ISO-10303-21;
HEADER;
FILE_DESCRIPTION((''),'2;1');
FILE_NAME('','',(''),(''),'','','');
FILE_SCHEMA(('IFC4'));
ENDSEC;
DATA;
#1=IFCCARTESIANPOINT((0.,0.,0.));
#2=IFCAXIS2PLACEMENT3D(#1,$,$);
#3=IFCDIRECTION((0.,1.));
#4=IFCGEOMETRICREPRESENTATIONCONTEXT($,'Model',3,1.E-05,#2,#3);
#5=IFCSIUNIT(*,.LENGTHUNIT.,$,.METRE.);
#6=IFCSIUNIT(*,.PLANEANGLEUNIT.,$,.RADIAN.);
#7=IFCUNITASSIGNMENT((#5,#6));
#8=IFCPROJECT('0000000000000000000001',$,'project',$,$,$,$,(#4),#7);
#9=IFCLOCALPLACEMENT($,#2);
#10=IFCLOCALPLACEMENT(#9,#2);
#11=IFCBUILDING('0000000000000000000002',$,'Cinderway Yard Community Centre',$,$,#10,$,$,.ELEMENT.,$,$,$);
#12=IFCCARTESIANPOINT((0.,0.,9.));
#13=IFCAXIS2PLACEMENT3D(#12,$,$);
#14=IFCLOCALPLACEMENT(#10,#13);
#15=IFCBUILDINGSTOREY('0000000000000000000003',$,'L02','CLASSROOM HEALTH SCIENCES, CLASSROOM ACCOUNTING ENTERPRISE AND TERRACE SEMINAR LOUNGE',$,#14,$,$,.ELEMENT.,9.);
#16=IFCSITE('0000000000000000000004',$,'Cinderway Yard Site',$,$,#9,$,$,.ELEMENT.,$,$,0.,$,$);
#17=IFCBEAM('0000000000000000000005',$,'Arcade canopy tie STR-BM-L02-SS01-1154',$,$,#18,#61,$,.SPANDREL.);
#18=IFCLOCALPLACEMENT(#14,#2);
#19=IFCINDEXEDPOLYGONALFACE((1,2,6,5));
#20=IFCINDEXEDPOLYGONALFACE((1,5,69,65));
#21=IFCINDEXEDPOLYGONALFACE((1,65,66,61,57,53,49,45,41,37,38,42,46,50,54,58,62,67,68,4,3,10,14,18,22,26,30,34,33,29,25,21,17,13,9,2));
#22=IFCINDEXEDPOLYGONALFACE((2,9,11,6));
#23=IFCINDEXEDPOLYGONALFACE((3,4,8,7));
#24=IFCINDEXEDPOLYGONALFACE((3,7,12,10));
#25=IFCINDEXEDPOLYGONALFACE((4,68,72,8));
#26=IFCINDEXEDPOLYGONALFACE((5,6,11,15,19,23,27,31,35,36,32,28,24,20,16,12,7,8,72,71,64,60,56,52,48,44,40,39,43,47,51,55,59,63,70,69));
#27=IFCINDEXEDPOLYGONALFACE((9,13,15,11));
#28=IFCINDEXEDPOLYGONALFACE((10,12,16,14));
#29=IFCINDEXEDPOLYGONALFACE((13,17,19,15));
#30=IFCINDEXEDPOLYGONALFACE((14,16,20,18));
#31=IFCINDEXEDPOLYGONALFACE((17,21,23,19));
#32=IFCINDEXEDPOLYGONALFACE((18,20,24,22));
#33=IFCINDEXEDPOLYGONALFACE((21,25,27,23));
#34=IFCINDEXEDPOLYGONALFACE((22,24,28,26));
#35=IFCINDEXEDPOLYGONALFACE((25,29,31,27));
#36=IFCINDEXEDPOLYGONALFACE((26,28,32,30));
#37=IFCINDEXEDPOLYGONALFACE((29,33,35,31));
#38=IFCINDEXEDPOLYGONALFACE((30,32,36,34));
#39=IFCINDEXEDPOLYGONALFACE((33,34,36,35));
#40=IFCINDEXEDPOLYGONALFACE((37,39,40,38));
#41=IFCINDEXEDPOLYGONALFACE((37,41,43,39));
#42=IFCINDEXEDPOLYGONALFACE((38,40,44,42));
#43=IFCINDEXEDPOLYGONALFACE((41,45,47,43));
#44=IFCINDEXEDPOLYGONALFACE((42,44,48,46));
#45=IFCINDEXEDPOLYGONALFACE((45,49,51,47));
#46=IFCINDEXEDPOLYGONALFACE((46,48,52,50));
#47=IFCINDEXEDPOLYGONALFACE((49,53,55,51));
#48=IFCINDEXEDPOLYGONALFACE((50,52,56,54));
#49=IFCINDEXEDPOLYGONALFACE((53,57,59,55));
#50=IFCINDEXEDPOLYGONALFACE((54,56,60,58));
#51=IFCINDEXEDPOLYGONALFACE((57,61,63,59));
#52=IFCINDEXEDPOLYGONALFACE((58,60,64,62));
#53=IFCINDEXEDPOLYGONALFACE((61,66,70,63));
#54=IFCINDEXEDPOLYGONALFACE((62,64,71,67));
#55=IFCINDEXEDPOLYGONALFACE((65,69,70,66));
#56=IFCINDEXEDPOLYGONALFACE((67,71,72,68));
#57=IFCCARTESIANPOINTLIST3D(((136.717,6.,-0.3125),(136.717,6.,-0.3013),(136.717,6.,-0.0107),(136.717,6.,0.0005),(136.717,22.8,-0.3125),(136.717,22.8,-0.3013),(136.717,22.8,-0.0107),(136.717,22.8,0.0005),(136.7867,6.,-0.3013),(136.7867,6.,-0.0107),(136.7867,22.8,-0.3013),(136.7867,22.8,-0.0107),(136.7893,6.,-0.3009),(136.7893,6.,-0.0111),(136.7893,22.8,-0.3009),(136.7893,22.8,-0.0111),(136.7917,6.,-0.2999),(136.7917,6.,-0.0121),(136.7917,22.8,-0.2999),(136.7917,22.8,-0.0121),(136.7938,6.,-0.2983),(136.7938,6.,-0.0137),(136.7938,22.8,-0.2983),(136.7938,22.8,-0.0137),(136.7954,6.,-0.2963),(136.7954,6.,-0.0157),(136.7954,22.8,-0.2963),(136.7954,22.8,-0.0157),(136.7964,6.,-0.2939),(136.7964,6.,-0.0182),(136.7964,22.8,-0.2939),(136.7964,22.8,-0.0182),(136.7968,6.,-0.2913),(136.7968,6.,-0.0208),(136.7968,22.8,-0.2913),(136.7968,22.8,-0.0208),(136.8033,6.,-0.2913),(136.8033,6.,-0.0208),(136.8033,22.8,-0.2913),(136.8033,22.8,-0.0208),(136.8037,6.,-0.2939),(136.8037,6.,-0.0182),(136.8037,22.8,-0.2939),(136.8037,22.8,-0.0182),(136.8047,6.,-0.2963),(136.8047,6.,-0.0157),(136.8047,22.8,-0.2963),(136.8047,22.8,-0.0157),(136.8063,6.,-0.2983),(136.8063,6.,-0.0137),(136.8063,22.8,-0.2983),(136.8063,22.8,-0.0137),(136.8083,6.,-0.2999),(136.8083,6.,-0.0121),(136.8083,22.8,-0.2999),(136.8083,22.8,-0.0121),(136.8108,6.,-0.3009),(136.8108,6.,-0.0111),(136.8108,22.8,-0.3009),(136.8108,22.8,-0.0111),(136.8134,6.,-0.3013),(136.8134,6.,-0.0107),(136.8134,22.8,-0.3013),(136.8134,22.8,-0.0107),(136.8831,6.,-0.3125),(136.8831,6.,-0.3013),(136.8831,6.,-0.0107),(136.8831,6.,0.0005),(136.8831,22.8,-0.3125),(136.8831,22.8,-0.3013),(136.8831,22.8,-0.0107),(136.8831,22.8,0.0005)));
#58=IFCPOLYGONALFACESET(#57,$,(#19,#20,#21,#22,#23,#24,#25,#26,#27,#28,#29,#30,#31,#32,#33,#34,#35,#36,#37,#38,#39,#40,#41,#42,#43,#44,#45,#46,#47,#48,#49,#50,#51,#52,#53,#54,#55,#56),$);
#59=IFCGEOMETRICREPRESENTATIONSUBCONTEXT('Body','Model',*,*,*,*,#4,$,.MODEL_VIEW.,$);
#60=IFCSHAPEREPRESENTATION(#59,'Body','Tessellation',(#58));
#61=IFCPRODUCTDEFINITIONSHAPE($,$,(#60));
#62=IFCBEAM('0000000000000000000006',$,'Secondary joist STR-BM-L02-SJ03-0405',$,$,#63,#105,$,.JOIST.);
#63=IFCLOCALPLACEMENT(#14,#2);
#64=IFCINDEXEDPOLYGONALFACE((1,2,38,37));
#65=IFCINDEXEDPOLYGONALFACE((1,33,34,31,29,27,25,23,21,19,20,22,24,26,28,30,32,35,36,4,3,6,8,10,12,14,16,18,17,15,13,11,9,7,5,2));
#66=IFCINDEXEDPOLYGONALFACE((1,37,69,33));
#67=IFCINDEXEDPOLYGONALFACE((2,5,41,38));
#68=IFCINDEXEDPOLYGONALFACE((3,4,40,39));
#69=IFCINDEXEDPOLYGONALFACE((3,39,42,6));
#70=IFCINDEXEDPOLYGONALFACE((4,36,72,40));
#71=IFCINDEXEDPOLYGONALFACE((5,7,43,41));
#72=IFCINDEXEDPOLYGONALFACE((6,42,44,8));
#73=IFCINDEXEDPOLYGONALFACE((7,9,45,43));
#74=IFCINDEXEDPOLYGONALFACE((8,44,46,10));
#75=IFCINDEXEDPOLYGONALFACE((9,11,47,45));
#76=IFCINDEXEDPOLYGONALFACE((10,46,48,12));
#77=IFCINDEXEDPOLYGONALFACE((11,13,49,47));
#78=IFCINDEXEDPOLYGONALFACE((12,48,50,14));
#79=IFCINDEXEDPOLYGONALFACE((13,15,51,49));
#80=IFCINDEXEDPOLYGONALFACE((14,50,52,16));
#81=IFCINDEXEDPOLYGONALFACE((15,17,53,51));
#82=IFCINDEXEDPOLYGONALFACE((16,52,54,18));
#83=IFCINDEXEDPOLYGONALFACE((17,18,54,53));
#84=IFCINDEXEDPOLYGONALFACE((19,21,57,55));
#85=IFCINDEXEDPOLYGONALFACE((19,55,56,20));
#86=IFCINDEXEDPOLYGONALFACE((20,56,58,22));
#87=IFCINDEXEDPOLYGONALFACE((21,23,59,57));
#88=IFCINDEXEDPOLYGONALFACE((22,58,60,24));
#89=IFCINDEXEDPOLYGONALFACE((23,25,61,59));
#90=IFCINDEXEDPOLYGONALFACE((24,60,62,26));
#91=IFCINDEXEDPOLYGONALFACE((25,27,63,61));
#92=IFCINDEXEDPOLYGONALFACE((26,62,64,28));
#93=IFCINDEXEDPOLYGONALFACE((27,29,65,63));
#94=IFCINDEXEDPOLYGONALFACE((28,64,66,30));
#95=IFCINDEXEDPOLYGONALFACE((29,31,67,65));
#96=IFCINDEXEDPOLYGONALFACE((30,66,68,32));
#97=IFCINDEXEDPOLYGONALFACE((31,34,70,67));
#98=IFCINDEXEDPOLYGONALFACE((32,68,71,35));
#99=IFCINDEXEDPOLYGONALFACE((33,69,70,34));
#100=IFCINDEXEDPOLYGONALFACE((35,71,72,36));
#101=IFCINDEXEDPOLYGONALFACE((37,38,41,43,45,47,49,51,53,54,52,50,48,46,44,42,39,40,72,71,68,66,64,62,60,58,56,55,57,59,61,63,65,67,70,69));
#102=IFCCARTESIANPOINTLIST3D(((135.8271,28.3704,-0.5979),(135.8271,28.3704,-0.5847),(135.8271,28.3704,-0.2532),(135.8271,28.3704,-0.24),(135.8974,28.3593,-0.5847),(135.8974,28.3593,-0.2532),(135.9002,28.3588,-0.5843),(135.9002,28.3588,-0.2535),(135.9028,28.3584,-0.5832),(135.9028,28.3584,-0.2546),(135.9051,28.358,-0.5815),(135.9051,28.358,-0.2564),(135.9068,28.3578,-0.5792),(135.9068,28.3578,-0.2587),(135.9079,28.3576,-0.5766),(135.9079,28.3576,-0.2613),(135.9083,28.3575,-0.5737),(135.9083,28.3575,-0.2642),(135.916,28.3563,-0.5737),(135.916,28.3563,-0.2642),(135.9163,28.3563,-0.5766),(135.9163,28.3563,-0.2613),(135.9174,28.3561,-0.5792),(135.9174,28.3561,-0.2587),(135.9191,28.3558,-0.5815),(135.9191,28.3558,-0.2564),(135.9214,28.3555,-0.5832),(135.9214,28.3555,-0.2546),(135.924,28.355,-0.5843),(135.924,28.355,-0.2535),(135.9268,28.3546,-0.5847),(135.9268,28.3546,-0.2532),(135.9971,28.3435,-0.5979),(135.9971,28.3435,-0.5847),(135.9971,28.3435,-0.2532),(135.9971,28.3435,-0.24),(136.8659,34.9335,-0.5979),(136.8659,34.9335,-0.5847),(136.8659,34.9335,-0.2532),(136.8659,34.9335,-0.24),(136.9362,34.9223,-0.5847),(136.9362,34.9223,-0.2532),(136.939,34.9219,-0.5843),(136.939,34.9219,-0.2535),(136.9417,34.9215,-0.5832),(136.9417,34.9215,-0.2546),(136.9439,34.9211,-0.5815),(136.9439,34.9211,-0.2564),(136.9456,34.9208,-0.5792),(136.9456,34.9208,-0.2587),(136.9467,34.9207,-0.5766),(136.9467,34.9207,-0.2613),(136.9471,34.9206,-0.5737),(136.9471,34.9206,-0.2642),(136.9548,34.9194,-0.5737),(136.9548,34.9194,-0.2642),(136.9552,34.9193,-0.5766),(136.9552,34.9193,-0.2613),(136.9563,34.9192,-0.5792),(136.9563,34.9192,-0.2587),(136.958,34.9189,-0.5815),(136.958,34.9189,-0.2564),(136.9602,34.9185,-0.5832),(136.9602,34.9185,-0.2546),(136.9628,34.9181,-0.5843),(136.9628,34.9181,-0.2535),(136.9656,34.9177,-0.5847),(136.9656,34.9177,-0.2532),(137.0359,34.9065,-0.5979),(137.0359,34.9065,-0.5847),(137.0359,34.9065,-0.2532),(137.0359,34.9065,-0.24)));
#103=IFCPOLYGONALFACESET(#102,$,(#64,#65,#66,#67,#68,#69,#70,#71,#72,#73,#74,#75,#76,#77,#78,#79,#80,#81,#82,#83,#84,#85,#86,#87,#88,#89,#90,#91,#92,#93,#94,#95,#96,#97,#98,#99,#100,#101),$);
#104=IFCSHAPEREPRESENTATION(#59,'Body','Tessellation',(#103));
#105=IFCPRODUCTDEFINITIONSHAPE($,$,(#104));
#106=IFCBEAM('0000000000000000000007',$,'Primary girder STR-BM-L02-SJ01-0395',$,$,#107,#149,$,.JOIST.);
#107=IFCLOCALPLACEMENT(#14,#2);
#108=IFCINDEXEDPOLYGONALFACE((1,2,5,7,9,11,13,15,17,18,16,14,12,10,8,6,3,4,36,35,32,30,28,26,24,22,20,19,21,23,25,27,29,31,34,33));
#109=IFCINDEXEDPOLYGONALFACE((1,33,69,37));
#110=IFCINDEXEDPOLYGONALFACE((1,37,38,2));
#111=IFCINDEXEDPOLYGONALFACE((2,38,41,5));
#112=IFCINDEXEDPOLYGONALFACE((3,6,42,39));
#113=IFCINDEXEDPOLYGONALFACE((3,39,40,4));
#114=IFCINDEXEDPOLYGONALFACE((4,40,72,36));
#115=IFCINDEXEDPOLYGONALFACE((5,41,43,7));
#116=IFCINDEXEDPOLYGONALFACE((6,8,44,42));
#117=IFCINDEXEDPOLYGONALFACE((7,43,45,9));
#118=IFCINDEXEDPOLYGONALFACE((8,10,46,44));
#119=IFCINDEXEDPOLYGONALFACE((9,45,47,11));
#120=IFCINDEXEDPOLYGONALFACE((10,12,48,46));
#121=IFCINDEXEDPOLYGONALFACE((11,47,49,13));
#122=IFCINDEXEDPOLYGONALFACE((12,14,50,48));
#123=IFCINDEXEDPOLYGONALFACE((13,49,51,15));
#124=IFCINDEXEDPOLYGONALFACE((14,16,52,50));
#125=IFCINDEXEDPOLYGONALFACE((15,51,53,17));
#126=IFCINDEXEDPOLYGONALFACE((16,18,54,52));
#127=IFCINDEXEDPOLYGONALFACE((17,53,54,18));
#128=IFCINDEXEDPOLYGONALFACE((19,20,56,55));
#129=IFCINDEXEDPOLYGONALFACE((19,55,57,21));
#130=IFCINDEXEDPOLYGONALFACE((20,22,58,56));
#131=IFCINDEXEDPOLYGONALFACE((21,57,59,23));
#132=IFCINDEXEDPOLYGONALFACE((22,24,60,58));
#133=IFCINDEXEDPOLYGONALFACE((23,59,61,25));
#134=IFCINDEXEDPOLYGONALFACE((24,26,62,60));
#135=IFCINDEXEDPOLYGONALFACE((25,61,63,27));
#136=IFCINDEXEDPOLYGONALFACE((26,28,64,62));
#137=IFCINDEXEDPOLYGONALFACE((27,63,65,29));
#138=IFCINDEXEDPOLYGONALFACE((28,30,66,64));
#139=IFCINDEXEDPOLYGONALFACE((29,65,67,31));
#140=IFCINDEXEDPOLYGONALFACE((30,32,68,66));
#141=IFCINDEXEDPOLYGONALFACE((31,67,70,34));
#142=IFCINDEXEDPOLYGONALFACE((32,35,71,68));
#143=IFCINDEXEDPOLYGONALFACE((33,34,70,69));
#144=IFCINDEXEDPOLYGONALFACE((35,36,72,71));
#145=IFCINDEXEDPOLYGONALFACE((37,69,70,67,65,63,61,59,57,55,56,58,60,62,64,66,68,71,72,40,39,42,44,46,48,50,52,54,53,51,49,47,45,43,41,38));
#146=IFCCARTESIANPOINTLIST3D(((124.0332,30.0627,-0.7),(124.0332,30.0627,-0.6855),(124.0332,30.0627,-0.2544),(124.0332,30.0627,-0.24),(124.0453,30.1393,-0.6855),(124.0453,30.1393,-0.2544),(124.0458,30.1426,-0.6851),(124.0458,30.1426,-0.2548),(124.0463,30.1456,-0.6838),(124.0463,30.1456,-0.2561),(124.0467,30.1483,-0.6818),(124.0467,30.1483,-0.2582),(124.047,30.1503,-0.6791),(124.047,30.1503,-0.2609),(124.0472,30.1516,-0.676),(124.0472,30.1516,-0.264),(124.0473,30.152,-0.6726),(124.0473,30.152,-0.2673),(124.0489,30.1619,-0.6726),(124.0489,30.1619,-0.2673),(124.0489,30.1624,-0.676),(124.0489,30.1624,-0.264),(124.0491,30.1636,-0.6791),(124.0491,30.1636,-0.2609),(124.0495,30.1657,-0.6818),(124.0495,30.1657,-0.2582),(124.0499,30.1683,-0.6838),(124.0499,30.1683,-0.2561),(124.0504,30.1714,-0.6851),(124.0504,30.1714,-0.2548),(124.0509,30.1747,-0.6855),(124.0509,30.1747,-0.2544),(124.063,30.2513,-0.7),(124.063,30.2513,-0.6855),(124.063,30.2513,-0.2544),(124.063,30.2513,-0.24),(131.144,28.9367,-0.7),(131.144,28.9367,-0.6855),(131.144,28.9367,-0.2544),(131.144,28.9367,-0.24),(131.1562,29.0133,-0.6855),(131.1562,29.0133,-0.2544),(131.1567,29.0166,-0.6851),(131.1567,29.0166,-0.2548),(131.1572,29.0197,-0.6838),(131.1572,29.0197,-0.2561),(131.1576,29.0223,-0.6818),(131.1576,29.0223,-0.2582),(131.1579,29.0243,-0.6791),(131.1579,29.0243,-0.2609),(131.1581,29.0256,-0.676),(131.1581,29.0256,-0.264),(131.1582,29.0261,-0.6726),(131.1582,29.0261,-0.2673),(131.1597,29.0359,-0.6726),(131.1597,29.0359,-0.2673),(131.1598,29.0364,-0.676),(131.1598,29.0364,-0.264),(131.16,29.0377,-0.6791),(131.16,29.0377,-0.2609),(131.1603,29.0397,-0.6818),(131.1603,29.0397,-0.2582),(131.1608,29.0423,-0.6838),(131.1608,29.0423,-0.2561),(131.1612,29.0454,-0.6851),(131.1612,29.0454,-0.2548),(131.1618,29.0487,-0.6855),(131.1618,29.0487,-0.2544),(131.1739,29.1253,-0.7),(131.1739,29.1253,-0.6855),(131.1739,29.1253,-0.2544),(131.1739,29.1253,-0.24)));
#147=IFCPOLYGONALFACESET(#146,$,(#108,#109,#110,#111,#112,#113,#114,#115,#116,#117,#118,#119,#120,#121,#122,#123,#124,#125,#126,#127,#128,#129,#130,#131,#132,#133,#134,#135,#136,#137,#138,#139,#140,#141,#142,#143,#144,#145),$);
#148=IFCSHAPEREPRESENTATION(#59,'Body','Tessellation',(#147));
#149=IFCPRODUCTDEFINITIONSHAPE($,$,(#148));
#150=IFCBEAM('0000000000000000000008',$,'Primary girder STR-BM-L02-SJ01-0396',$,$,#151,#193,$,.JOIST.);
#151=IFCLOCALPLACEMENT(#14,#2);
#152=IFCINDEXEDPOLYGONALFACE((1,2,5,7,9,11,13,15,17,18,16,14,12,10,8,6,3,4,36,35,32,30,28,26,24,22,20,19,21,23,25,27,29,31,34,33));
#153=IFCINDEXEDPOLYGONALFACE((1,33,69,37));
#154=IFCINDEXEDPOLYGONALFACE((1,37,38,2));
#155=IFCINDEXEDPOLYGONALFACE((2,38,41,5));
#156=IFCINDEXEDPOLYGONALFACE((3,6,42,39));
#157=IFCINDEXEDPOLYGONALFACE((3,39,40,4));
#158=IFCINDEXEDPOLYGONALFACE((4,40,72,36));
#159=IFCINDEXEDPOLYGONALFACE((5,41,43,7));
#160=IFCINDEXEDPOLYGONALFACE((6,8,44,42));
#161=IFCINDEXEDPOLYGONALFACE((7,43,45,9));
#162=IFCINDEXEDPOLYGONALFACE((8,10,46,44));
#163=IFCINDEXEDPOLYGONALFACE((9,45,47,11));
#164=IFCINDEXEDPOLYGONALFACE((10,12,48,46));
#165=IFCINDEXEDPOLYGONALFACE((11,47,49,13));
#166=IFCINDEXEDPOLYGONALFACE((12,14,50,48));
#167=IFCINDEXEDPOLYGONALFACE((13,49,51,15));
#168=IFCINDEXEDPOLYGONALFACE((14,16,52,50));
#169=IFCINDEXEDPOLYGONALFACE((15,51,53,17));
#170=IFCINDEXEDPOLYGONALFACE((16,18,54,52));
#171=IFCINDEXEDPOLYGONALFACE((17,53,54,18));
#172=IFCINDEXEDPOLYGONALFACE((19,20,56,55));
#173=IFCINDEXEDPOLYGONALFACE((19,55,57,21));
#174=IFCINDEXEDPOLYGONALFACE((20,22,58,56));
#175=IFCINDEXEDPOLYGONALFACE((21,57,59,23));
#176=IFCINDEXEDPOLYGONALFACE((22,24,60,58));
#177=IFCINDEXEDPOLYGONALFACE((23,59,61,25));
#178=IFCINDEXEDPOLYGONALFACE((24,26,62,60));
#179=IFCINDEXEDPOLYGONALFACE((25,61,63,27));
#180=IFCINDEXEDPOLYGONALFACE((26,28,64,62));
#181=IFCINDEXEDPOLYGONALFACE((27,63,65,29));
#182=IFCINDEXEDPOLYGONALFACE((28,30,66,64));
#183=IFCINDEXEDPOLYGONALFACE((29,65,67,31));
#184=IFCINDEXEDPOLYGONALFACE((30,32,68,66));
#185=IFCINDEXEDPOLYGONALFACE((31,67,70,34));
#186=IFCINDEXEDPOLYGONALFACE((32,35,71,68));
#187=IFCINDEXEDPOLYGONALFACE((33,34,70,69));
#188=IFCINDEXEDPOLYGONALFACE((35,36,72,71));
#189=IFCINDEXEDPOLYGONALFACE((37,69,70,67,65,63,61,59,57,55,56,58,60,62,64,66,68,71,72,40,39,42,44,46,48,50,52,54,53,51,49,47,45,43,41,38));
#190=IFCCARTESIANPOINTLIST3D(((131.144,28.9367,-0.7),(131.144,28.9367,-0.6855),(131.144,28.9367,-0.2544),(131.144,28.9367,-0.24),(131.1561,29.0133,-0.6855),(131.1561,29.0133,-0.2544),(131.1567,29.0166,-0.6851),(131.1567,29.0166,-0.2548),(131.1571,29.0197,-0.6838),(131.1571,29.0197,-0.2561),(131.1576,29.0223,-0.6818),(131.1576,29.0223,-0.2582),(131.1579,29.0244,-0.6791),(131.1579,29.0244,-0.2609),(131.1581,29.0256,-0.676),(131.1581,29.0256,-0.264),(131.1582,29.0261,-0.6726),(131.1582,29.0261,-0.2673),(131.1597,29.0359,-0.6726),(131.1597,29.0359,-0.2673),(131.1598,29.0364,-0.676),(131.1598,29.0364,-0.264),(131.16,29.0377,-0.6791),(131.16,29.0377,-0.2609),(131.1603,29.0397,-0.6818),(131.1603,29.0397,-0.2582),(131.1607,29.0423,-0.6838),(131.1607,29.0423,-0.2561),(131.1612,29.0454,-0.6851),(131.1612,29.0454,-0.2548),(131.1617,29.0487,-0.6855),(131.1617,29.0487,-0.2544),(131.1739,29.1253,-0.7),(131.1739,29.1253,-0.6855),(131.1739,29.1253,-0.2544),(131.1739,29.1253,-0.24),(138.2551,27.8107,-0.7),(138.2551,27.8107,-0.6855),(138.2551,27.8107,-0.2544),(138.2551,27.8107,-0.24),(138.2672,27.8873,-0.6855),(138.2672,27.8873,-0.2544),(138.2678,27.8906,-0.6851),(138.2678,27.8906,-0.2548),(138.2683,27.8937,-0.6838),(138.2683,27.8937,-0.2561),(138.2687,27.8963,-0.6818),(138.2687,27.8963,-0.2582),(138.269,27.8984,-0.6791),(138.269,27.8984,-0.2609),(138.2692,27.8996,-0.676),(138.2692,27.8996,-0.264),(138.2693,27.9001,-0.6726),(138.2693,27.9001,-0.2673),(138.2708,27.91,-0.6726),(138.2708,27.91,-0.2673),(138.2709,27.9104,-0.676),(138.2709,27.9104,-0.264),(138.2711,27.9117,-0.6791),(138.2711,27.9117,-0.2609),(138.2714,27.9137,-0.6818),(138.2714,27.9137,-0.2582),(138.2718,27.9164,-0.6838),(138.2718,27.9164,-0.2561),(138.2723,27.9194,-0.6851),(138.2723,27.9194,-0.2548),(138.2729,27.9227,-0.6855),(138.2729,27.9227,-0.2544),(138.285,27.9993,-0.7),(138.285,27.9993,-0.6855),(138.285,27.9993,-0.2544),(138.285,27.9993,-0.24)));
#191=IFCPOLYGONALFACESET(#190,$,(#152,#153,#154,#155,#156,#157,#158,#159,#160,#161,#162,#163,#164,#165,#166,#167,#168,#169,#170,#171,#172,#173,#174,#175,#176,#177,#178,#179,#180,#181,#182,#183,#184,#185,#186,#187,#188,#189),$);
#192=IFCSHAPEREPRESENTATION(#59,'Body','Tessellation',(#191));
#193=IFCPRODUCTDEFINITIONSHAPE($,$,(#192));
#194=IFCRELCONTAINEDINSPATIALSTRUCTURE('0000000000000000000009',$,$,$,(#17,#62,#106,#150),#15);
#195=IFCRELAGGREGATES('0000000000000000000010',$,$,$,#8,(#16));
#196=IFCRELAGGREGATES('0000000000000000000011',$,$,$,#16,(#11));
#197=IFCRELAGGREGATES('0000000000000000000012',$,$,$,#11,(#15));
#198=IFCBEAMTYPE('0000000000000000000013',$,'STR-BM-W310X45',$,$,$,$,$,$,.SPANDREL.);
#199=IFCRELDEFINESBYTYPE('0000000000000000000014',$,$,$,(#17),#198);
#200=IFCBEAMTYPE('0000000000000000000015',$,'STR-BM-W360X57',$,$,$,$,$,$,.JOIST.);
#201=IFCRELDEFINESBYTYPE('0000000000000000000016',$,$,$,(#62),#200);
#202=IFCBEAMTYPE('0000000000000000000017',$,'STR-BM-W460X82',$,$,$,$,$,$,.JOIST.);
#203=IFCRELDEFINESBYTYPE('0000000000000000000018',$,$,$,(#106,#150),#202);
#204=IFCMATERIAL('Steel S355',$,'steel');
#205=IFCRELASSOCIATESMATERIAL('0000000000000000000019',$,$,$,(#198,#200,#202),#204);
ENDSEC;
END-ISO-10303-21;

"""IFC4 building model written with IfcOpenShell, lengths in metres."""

from ifc_helpers import new_model, si_unit, direction, frame, origin, origin_2d, place, context, subcontext, project, spatial, i_section, extrude, material, material_profile, profile_set, type_object, element, save


model = new_model("IFC4")

# Units and contexts
model_context = context("Model", 3, precision=1e-05, world=origin(), true_north=direction((0.0, 1.0)))
body_context = subcontext(model_context, "Body", "Model", "MODEL_VIEW")
ifc_project = project(units=[si_unit("LENGTHUNIT", "METRE"), si_unit("PLANEANGLEUNIT", "RADIAN")], contexts=[model_context])

# Site, building, storey
site_placement = place(None, origin())
site = spatial("IfcSite", under=ifc_project, at=site_placement, Name="Cinderway Yard Site", CompositionType="ELEMENT", RefElevation=0.0)
building_placement = place(site_placement, origin())
building = spatial("IfcBuilding", under=site, at=building_placement, Name="Cinderway Yard Community Centre", CompositionType="ELEMENT")
storey_placement = place(building_placement, frame((0.0, 0.0, 9.0)))
storey = spatial("IfcBuildingStorey", under=building, at=storey_placement, Name="L02", Description="CLASSROOM HEALTH SCIENCES, CLASSROOM ACCOUNTING ENTERPRISE AND TERRACE SEMINAR LOUNGE", CompositionType="ELEMENT", Elevation=9.0)

# Beams
ifc_material_1 = material(Name="Steel S355", Category="steel")
ifc_material_profile_1 = material_profile(ifc_material_1, i_section(OverallWidth=0.166, OverallDepth=0.313, WebThickness=0.0066, FlangeThickness=0.0112, FilletRadius=0.01, at=origin_2d()), Name="Steel S355")
ifc_profile_set_1 = profile_set([ifc_material_profile_1], Name="Steel S355")
beam_type_1 = type_object("IfcBeamType", Name="STR-BM-W310X45", PredefinedType="SPANDREL", material=ifc_profile_set_1)
beam_1_placement = place(storey_placement, frame((136.8, 6.0, -0.156), z_axis=(0.0, 1.0, 0.0), x_axis=(-1.0, 0.0, 0.0)))
element("IfcBeam", 1, at=beam_1_placement, inside=storey, type_object=beam_type_1, Name="Arcade canopy tie STR-BM-L02-SS01-1154", PredefinedType="SPANDREL", context=body_context, shape_type="SweptSolid", body=[
    extrude(i_section(OverallWidth=0.166, OverallDepth=0.313, WebThickness=0.0066, FlangeThickness=0.0112, FilletRadius=0.01, at=origin_2d()), origin(), (0.0, 0.0, 1.0), 16.8),
])
ifc_material_profile_2 = material_profile(ifc_material_1, i_section(OverallWidth=0.1721, OverallDepth=0.3579, WebThickness=0.0078, FlangeThickness=0.0132, FilletRadius=0.011, at=origin_2d()), Name="Steel S355")
ifc_profile_set_2 = profile_set([ifc_material_profile_2], Name="Steel S355")
beam_type_2 = type_object("IfcBeamType", Name="STR-BM-W360X57", PredefinedType="JOIST", material=ifc_profile_set_2)
beam_2_placement = place(storey_placement, frame((135.9121, 28.3569, -0.4189), z_axis=(0.156338, 0.987704, 0.0), x_axis=(-0.987704, 0.156338, 0.0)))
element("IfcBeam", 2, at=beam_2_placement, inside=storey, type_object=beam_type_2, Name="Secondary joist STR-BM-L02-SJ03-0405", PredefinedType="JOIST", context=body_context, shape_type="SweptSolid", body=[
    extrude(i_section(OverallWidth=0.1721, OverallDepth=0.3579, WebThickness=0.0078, FlangeThickness=0.0132, FilletRadius=0.011, at=origin_2d()), origin(), (0.0, 0.0, 1.0), 6.6448),
])
ifc_material_profile_3 = material_profile(ifc_material_1, i_section(OverallWidth=0.1909, OverallDepth=0.46, WebThickness=0.01, FlangeThickness=0.0144, FilletRadius=0.0129, at=origin_2d()), Name="Steel S355")
ifc_profile_set_3 = profile_set([ifc_material_profile_3], Name="Steel S355")
beam_type_3 = type_object("IfcBeamType", Name="STR-BM-W460X82", PredefinedType="JOIST", material=ifc_profile_set_3)
beam_3_placement = place(storey_placement, frame((124.0481, 30.157, -0.47), z_axis=(0.987694, -0.156398, 0.0), x_axis=(0.156398, 0.987694, 0.0)))
element("IfcBeam", 3, at=beam_3_placement, inside=storey, type_object=beam_type_3, Name="Primary girder STR-BM-L02-SJ01-0395", PredefinedType="JOIST", context=body_context, shape_type="SweptSolid", body=[
    extrude(i_section(OverallWidth=0.1909, OverallDepth=0.46, WebThickness=0.01, FlangeThickness=0.0144, FilletRadius=0.0129, at=origin_2d()), origin(), (0.0, 0.0, 1.0), 7.1995),
])
beam_4_placement = place(storey_placement, frame((131.1589, 29.031, -0.47), z_axis=(0.987695, -0.156393, 0.0), x_axis=(0.156393, 0.987695, 0.0)))
element("IfcBeam", 4, at=beam_4_placement, inside=storey, type_object=beam_type_3, Name="Primary girder STR-BM-L02-SJ01-0396", PredefinedType="JOIST", context=body_context, shape_type="SweptSolid", body=[
    extrude(i_section(OverallWidth=0.1909, OverallDepth=0.46, WebThickness=0.01, FlangeThickness=0.0144, FilletRadius=0.0129, at=origin_2d()), origin(), (0.0, 0.0, 1.0), 7.1997),
])

save(model, "model.ifc")
